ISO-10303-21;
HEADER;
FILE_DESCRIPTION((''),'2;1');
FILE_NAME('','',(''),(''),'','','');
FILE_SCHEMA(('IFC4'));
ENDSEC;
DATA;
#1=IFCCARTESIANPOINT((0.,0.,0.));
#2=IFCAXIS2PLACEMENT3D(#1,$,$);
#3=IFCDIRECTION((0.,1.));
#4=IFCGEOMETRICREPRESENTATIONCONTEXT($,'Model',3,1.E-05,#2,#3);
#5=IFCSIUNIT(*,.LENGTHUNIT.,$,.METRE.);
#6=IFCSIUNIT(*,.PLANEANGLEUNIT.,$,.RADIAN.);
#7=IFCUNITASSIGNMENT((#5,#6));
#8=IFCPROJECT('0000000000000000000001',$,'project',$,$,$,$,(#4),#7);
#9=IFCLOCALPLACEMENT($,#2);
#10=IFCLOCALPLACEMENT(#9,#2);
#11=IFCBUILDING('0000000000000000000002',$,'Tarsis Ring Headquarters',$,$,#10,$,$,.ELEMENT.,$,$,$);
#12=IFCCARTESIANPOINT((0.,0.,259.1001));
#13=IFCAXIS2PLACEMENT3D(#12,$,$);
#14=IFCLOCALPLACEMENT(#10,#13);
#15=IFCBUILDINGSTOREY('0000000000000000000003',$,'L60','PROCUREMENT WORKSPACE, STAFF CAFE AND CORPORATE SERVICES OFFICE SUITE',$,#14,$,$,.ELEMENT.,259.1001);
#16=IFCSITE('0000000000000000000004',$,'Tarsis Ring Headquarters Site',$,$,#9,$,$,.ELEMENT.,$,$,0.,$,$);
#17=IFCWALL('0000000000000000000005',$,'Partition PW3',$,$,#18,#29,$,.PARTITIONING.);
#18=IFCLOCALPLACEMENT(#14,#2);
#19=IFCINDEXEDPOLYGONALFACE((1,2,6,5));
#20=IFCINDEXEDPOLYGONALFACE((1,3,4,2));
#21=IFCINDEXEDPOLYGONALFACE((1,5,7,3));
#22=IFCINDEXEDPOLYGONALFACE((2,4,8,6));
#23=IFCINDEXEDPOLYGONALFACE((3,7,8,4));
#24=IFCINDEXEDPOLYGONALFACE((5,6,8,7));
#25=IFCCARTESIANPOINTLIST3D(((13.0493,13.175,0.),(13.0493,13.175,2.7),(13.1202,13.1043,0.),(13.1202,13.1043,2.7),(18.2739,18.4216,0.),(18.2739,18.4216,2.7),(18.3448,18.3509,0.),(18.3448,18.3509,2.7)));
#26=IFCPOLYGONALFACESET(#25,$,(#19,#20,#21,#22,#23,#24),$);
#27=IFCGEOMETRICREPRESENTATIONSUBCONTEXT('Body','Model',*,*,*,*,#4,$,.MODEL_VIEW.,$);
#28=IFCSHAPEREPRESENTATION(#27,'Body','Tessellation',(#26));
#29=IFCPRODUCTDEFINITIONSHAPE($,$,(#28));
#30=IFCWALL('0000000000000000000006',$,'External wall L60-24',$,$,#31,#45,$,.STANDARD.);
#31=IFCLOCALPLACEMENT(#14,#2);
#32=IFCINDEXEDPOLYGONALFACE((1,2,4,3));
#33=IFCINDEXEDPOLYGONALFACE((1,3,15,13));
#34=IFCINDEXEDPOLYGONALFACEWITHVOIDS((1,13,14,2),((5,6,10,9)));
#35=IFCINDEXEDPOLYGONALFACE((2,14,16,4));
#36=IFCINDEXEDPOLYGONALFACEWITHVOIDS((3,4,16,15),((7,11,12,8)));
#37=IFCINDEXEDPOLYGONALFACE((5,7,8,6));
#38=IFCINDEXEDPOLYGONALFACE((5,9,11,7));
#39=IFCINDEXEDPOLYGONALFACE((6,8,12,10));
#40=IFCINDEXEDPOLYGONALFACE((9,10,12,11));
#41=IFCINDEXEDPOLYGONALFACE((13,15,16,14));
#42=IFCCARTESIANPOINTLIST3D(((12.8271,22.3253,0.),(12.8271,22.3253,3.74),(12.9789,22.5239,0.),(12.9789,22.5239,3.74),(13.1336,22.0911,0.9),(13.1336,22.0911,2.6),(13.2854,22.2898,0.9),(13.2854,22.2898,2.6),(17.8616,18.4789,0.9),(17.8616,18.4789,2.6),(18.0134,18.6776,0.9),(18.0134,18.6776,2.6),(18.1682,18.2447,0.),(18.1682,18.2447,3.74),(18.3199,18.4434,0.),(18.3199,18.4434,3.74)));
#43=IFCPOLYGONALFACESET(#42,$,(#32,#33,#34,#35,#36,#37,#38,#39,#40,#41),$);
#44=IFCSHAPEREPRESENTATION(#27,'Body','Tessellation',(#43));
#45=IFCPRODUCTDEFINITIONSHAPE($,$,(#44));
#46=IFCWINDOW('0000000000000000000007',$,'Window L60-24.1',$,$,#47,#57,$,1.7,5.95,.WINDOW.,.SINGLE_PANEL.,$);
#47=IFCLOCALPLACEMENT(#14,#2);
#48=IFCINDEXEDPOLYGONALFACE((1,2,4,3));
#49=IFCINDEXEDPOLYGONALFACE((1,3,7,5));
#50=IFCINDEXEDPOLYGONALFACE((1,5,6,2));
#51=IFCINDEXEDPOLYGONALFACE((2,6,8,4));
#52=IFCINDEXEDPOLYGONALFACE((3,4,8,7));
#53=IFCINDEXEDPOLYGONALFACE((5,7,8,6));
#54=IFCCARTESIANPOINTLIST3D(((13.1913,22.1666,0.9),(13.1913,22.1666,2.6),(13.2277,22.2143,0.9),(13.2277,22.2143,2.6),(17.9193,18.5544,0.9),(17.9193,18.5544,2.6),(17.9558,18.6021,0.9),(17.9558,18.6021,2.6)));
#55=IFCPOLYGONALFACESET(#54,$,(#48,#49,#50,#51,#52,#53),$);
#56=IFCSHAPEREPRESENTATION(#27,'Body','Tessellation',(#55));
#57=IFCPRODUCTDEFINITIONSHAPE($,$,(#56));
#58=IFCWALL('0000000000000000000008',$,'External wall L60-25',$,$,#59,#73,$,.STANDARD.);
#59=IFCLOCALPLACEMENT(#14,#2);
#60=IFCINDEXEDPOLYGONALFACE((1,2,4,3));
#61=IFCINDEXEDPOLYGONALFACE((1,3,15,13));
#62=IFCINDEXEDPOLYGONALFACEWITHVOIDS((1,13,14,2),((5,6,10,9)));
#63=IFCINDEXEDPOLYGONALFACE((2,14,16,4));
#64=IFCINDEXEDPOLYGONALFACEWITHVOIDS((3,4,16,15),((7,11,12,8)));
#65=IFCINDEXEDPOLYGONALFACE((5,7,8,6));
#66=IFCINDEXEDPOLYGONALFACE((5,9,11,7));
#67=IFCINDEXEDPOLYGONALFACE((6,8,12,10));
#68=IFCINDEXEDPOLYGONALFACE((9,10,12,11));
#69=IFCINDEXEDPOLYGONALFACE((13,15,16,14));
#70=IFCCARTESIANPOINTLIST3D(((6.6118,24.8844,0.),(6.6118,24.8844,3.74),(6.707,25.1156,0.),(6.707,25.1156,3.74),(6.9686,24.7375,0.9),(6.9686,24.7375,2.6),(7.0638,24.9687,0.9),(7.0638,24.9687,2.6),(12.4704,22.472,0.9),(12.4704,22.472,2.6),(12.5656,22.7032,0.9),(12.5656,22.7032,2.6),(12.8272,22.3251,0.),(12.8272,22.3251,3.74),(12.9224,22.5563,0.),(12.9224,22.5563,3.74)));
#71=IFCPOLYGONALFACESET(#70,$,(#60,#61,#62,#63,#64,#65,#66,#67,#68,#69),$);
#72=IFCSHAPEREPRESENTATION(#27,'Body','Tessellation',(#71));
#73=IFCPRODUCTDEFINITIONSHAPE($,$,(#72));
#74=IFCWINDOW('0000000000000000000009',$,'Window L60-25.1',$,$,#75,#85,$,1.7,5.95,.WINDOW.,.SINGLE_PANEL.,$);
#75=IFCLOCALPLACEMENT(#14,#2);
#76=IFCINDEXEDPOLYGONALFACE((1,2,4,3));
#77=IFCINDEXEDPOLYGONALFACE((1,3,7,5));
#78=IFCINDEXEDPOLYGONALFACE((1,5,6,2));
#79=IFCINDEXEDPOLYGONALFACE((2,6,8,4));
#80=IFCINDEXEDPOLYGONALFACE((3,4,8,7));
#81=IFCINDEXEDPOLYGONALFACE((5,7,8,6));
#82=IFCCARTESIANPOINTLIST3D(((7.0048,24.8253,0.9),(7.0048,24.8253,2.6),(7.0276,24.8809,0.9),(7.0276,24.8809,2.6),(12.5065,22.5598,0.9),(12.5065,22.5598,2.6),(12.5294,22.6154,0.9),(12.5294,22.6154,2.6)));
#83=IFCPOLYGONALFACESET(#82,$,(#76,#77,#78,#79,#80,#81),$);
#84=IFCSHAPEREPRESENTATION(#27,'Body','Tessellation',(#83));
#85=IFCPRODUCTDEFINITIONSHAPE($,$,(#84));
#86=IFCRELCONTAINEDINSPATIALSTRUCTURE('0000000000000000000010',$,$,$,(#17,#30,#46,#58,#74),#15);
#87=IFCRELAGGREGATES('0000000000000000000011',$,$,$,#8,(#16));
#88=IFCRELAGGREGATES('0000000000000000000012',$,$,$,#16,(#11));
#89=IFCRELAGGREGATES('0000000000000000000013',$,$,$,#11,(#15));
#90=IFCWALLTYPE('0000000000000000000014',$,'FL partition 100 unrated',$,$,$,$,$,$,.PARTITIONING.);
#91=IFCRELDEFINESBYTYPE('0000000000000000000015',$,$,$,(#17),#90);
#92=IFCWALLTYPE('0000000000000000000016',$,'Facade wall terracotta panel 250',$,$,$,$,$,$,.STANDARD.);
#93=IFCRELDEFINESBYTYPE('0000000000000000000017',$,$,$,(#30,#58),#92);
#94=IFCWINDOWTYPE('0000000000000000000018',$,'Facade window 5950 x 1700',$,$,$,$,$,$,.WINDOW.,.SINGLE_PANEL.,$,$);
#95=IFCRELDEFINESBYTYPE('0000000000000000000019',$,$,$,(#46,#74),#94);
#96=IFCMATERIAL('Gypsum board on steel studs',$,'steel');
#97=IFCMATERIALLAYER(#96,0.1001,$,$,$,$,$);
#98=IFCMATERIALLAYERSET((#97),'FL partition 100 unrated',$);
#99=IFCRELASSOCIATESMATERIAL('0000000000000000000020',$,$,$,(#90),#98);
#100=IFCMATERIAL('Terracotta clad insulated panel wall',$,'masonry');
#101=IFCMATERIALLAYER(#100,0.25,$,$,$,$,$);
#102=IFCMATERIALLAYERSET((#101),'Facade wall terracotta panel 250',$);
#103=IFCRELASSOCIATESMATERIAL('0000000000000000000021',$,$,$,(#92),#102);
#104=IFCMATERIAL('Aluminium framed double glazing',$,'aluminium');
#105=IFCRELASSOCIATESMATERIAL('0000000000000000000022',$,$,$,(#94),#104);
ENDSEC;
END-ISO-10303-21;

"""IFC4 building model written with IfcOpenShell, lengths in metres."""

from ifc_helpers import new_model, si_unit, direction, frame, frame_2d, origin, place, context, subcontext, project, spatial, rectangle, extrude, material, layer, layer_set, type_object, element, fill, save


model = new_model("IFC4")

# Units and contexts
model_context = context("Model", 3, precision=1e-05, world=origin(), true_north=direction((0.0, 1.0)))
body_context = subcontext(model_context, "Body", "Model", "MODEL_VIEW")
ifc_project = project(units=[si_unit("LENGTHUNIT", "METRE"), si_unit("PLANEANGLEUNIT", "RADIAN")], contexts=[model_context])

# Site, building, storey
site_placement = place(None, origin())
site = spatial("IfcSite", under=ifc_project, at=site_placement, Name="Tarsis Ring Headquarters Site", CompositionType="ELEMENT", RefElevation=0.0)
building_placement = place(site_placement, origin())
building = spatial("IfcBuilding", under=site, at=building_placement, Name="Tarsis Ring Headquarters", CompositionType="ELEMENT")
storey_placement = place(building_placement, frame((0.0, 0.0, 259.1001)))
storey = spatial("IfcBuildingStorey", under=building, at=storey_placement, Name="L60", Description="PROCUREMENT WORKSPACE, STAFF CAFE AND CORPORATE SERVICES OFFICE SUITE", CompositionType="ELEMENT", Elevation=259.1001)

# Wall
ifc_material_1 = material(Name="Gypsum board on steel studs", Category="steel")
ifc_layer_1 = layer(ifc_material_1, 0.1001)
ifc_layer_set_1 = layer_set([ifc_layer_1], Name="FL partition 100 unrated")
wall_type_1 = type_object("IfcWallType", Name="FL partition 100 unrated", PredefinedType="PARTITIONING", material=ifc_layer_set_1)
wall_1_placement = place(storey_placement, frame((13.0847, 13.1396, 0.0), z_axis=(0.0, 0.0, 1.0), x_axis=(0.705621, 0.708589, 0.0)))
element("IfcWall", 1, at=wall_1_placement, inside=storey, type_object=wall_type_1, Name="Partition PW3", PredefinedType="PARTITIONING", context=body_context, shape_type="SweptSolid", body=[
    extrude(rectangle(XDim=7.4043, YDim=0.1001, at=frame_2d((3.7021, 0.0))), origin(), (0.0, 0.0, 1.0), 2.7),
])

# Walls, openings, windows
ifc_material_2 = material(Name="Terracotta clad insulated panel wall", Category="masonry")
ifc_layer_2 = layer(ifc_material_2, 0.25)
ifc_layer_set_2 = layer_set([ifc_layer_2], Name="Facade wall terracotta panel 250")
wall_type_2 = type_object("IfcWallType", Name="Facade wall terracotta panel 250", PredefinedType="STANDARD", material=ifc_layer_set_2)
wall_2_placement = place(storey_placement, frame((18.2441, 18.344, 0.0), z_axis=(0.0, 0.0, 1.0), x_axis=(-0.794629, 0.607095, 0.0)))
wall_2 = element("IfcWall", 2, at=wall_2_placement, inside=storey, type_object=wall_type_2, Name="External wall L60-24", PredefinedType="STANDARD", context=body_context, shape_type="SweptSolid", body=[
    extrude(rectangle(XDim=6.7214, YDim=0.25, at=frame_2d((3.3608, 0.0))), origin(), (0.0, 0.0, 1.0), 3.74),
])
opening_1_placement = place(wall_2_placement, frame((0.3857, 0.0, 0.8999)))
opening_1 = element("IfcOpeningElement", 3, at=opening_1_placement, cuts=wall_2, PredefinedType="OPENING", context=body_context, shape_type="SweptSolid", body=[
    extrude(rectangle(XDim=5.95, YDim=1.7, at=frame_2d((2.9751, 0.8501))), frame((0.0, 0.135, 0.0), z_axis=(0.0, -1.0, 0.0), x_axis=(1.0, 0.0, 0.0)), (0.0, 0.0, 1.0), 0.27),
])
ifc_material_3 = material(Name="Aluminium framed double glazing", Category="aluminium")
window_type = type_object("IfcWindowType", Name="Facade window 5950 x 1700", PartitioningType="SINGLE_PANEL", PredefinedType="WINDOW", material=ifc_material_3)
window_1_placement = place(opening_1_placement, origin())
window_1 = element("IfcWindow", 4, at=window_1_placement, inside=storey, type_object=window_type, Name="Window L60-24.1", OverallHeight=1.7, OverallWidth=5.95, PartitioningType="SINGLE_PANEL", PredefinedType="WINDOW", context=body_context, shape_type="SweptSolid", body=[
    extrude(rectangle(XDim=5.95, YDim=1.7, at=frame_2d((2.9751, 0.8501))), frame((0.0, 0.03, 0.0), z_axis=(0.0, -1.0, 0.0), x_axis=(1.0, 0.0, 0.0)), (0.0, 0.0, 1.0), 0.0601),
])
fill(opening_1, window_1)
wall_3_placement = place(storey_placement, frame((12.8748, 22.4407, 0.0), z_axis=(0.0, 0.0, 1.0), x_axis=(-0.924674, 0.380759, 0.0)))
wall_3 = element("IfcWall", 5, at=wall_3_placement, inside=storey, type_object=wall_type_2, Name="External wall L60-25", PredefinedType="STANDARD", context=body_context, shape_type="SweptSolid", body=[
    extrude(rectangle(XDim=6.7217, YDim=0.25, at=frame_2d((3.3608, 0.0))), origin(), (0.0, 0.0, 1.0), 3.74),
])
opening_2_placement = place(wall_3_placement, frame((0.3857, 0.0, 0.8999)))
opening_2 = element("IfcOpeningElement", 6, at=opening_2_placement, cuts=wall_3, PredefinedType="OPENING", context=body_context, shape_type="SweptSolid", body=[
    extrude(rectangle(XDim=5.95, YDim=1.7, at=frame_2d((2.9751, 0.8501))), frame((0.0, 0.135, 0.0), z_axis=(0.0, -1.0, 0.0), x_axis=(1.0, 0.0, 0.0)), (0.0, 0.0, 1.0), 0.27),
])
window_2_placement = place(opening_2_placement, origin())
window_2 = element("IfcWindow", 7, at=window_2_placement, inside=storey, type_object=window_type, Name="Window L60-25.1", OverallHeight=1.7, OverallWidth=5.95, PartitioningType="SINGLE_PANEL", PredefinedType="WINDOW", context=body_context, shape_type="SweptSolid", body=[
    extrude(rectangle(XDim=5.95, YDim=1.7, at=frame_2d((2.9751, 0.8501))), frame((0.0, 0.03, 0.0), z_axis=(0.0, -1.0, 0.0), x_axis=(1.0, 0.0, 0.0)), (0.0, 0.0, 1.0), 0.0601),
])
fill(opening_2, window_2)

save(model, "model.ifc")
